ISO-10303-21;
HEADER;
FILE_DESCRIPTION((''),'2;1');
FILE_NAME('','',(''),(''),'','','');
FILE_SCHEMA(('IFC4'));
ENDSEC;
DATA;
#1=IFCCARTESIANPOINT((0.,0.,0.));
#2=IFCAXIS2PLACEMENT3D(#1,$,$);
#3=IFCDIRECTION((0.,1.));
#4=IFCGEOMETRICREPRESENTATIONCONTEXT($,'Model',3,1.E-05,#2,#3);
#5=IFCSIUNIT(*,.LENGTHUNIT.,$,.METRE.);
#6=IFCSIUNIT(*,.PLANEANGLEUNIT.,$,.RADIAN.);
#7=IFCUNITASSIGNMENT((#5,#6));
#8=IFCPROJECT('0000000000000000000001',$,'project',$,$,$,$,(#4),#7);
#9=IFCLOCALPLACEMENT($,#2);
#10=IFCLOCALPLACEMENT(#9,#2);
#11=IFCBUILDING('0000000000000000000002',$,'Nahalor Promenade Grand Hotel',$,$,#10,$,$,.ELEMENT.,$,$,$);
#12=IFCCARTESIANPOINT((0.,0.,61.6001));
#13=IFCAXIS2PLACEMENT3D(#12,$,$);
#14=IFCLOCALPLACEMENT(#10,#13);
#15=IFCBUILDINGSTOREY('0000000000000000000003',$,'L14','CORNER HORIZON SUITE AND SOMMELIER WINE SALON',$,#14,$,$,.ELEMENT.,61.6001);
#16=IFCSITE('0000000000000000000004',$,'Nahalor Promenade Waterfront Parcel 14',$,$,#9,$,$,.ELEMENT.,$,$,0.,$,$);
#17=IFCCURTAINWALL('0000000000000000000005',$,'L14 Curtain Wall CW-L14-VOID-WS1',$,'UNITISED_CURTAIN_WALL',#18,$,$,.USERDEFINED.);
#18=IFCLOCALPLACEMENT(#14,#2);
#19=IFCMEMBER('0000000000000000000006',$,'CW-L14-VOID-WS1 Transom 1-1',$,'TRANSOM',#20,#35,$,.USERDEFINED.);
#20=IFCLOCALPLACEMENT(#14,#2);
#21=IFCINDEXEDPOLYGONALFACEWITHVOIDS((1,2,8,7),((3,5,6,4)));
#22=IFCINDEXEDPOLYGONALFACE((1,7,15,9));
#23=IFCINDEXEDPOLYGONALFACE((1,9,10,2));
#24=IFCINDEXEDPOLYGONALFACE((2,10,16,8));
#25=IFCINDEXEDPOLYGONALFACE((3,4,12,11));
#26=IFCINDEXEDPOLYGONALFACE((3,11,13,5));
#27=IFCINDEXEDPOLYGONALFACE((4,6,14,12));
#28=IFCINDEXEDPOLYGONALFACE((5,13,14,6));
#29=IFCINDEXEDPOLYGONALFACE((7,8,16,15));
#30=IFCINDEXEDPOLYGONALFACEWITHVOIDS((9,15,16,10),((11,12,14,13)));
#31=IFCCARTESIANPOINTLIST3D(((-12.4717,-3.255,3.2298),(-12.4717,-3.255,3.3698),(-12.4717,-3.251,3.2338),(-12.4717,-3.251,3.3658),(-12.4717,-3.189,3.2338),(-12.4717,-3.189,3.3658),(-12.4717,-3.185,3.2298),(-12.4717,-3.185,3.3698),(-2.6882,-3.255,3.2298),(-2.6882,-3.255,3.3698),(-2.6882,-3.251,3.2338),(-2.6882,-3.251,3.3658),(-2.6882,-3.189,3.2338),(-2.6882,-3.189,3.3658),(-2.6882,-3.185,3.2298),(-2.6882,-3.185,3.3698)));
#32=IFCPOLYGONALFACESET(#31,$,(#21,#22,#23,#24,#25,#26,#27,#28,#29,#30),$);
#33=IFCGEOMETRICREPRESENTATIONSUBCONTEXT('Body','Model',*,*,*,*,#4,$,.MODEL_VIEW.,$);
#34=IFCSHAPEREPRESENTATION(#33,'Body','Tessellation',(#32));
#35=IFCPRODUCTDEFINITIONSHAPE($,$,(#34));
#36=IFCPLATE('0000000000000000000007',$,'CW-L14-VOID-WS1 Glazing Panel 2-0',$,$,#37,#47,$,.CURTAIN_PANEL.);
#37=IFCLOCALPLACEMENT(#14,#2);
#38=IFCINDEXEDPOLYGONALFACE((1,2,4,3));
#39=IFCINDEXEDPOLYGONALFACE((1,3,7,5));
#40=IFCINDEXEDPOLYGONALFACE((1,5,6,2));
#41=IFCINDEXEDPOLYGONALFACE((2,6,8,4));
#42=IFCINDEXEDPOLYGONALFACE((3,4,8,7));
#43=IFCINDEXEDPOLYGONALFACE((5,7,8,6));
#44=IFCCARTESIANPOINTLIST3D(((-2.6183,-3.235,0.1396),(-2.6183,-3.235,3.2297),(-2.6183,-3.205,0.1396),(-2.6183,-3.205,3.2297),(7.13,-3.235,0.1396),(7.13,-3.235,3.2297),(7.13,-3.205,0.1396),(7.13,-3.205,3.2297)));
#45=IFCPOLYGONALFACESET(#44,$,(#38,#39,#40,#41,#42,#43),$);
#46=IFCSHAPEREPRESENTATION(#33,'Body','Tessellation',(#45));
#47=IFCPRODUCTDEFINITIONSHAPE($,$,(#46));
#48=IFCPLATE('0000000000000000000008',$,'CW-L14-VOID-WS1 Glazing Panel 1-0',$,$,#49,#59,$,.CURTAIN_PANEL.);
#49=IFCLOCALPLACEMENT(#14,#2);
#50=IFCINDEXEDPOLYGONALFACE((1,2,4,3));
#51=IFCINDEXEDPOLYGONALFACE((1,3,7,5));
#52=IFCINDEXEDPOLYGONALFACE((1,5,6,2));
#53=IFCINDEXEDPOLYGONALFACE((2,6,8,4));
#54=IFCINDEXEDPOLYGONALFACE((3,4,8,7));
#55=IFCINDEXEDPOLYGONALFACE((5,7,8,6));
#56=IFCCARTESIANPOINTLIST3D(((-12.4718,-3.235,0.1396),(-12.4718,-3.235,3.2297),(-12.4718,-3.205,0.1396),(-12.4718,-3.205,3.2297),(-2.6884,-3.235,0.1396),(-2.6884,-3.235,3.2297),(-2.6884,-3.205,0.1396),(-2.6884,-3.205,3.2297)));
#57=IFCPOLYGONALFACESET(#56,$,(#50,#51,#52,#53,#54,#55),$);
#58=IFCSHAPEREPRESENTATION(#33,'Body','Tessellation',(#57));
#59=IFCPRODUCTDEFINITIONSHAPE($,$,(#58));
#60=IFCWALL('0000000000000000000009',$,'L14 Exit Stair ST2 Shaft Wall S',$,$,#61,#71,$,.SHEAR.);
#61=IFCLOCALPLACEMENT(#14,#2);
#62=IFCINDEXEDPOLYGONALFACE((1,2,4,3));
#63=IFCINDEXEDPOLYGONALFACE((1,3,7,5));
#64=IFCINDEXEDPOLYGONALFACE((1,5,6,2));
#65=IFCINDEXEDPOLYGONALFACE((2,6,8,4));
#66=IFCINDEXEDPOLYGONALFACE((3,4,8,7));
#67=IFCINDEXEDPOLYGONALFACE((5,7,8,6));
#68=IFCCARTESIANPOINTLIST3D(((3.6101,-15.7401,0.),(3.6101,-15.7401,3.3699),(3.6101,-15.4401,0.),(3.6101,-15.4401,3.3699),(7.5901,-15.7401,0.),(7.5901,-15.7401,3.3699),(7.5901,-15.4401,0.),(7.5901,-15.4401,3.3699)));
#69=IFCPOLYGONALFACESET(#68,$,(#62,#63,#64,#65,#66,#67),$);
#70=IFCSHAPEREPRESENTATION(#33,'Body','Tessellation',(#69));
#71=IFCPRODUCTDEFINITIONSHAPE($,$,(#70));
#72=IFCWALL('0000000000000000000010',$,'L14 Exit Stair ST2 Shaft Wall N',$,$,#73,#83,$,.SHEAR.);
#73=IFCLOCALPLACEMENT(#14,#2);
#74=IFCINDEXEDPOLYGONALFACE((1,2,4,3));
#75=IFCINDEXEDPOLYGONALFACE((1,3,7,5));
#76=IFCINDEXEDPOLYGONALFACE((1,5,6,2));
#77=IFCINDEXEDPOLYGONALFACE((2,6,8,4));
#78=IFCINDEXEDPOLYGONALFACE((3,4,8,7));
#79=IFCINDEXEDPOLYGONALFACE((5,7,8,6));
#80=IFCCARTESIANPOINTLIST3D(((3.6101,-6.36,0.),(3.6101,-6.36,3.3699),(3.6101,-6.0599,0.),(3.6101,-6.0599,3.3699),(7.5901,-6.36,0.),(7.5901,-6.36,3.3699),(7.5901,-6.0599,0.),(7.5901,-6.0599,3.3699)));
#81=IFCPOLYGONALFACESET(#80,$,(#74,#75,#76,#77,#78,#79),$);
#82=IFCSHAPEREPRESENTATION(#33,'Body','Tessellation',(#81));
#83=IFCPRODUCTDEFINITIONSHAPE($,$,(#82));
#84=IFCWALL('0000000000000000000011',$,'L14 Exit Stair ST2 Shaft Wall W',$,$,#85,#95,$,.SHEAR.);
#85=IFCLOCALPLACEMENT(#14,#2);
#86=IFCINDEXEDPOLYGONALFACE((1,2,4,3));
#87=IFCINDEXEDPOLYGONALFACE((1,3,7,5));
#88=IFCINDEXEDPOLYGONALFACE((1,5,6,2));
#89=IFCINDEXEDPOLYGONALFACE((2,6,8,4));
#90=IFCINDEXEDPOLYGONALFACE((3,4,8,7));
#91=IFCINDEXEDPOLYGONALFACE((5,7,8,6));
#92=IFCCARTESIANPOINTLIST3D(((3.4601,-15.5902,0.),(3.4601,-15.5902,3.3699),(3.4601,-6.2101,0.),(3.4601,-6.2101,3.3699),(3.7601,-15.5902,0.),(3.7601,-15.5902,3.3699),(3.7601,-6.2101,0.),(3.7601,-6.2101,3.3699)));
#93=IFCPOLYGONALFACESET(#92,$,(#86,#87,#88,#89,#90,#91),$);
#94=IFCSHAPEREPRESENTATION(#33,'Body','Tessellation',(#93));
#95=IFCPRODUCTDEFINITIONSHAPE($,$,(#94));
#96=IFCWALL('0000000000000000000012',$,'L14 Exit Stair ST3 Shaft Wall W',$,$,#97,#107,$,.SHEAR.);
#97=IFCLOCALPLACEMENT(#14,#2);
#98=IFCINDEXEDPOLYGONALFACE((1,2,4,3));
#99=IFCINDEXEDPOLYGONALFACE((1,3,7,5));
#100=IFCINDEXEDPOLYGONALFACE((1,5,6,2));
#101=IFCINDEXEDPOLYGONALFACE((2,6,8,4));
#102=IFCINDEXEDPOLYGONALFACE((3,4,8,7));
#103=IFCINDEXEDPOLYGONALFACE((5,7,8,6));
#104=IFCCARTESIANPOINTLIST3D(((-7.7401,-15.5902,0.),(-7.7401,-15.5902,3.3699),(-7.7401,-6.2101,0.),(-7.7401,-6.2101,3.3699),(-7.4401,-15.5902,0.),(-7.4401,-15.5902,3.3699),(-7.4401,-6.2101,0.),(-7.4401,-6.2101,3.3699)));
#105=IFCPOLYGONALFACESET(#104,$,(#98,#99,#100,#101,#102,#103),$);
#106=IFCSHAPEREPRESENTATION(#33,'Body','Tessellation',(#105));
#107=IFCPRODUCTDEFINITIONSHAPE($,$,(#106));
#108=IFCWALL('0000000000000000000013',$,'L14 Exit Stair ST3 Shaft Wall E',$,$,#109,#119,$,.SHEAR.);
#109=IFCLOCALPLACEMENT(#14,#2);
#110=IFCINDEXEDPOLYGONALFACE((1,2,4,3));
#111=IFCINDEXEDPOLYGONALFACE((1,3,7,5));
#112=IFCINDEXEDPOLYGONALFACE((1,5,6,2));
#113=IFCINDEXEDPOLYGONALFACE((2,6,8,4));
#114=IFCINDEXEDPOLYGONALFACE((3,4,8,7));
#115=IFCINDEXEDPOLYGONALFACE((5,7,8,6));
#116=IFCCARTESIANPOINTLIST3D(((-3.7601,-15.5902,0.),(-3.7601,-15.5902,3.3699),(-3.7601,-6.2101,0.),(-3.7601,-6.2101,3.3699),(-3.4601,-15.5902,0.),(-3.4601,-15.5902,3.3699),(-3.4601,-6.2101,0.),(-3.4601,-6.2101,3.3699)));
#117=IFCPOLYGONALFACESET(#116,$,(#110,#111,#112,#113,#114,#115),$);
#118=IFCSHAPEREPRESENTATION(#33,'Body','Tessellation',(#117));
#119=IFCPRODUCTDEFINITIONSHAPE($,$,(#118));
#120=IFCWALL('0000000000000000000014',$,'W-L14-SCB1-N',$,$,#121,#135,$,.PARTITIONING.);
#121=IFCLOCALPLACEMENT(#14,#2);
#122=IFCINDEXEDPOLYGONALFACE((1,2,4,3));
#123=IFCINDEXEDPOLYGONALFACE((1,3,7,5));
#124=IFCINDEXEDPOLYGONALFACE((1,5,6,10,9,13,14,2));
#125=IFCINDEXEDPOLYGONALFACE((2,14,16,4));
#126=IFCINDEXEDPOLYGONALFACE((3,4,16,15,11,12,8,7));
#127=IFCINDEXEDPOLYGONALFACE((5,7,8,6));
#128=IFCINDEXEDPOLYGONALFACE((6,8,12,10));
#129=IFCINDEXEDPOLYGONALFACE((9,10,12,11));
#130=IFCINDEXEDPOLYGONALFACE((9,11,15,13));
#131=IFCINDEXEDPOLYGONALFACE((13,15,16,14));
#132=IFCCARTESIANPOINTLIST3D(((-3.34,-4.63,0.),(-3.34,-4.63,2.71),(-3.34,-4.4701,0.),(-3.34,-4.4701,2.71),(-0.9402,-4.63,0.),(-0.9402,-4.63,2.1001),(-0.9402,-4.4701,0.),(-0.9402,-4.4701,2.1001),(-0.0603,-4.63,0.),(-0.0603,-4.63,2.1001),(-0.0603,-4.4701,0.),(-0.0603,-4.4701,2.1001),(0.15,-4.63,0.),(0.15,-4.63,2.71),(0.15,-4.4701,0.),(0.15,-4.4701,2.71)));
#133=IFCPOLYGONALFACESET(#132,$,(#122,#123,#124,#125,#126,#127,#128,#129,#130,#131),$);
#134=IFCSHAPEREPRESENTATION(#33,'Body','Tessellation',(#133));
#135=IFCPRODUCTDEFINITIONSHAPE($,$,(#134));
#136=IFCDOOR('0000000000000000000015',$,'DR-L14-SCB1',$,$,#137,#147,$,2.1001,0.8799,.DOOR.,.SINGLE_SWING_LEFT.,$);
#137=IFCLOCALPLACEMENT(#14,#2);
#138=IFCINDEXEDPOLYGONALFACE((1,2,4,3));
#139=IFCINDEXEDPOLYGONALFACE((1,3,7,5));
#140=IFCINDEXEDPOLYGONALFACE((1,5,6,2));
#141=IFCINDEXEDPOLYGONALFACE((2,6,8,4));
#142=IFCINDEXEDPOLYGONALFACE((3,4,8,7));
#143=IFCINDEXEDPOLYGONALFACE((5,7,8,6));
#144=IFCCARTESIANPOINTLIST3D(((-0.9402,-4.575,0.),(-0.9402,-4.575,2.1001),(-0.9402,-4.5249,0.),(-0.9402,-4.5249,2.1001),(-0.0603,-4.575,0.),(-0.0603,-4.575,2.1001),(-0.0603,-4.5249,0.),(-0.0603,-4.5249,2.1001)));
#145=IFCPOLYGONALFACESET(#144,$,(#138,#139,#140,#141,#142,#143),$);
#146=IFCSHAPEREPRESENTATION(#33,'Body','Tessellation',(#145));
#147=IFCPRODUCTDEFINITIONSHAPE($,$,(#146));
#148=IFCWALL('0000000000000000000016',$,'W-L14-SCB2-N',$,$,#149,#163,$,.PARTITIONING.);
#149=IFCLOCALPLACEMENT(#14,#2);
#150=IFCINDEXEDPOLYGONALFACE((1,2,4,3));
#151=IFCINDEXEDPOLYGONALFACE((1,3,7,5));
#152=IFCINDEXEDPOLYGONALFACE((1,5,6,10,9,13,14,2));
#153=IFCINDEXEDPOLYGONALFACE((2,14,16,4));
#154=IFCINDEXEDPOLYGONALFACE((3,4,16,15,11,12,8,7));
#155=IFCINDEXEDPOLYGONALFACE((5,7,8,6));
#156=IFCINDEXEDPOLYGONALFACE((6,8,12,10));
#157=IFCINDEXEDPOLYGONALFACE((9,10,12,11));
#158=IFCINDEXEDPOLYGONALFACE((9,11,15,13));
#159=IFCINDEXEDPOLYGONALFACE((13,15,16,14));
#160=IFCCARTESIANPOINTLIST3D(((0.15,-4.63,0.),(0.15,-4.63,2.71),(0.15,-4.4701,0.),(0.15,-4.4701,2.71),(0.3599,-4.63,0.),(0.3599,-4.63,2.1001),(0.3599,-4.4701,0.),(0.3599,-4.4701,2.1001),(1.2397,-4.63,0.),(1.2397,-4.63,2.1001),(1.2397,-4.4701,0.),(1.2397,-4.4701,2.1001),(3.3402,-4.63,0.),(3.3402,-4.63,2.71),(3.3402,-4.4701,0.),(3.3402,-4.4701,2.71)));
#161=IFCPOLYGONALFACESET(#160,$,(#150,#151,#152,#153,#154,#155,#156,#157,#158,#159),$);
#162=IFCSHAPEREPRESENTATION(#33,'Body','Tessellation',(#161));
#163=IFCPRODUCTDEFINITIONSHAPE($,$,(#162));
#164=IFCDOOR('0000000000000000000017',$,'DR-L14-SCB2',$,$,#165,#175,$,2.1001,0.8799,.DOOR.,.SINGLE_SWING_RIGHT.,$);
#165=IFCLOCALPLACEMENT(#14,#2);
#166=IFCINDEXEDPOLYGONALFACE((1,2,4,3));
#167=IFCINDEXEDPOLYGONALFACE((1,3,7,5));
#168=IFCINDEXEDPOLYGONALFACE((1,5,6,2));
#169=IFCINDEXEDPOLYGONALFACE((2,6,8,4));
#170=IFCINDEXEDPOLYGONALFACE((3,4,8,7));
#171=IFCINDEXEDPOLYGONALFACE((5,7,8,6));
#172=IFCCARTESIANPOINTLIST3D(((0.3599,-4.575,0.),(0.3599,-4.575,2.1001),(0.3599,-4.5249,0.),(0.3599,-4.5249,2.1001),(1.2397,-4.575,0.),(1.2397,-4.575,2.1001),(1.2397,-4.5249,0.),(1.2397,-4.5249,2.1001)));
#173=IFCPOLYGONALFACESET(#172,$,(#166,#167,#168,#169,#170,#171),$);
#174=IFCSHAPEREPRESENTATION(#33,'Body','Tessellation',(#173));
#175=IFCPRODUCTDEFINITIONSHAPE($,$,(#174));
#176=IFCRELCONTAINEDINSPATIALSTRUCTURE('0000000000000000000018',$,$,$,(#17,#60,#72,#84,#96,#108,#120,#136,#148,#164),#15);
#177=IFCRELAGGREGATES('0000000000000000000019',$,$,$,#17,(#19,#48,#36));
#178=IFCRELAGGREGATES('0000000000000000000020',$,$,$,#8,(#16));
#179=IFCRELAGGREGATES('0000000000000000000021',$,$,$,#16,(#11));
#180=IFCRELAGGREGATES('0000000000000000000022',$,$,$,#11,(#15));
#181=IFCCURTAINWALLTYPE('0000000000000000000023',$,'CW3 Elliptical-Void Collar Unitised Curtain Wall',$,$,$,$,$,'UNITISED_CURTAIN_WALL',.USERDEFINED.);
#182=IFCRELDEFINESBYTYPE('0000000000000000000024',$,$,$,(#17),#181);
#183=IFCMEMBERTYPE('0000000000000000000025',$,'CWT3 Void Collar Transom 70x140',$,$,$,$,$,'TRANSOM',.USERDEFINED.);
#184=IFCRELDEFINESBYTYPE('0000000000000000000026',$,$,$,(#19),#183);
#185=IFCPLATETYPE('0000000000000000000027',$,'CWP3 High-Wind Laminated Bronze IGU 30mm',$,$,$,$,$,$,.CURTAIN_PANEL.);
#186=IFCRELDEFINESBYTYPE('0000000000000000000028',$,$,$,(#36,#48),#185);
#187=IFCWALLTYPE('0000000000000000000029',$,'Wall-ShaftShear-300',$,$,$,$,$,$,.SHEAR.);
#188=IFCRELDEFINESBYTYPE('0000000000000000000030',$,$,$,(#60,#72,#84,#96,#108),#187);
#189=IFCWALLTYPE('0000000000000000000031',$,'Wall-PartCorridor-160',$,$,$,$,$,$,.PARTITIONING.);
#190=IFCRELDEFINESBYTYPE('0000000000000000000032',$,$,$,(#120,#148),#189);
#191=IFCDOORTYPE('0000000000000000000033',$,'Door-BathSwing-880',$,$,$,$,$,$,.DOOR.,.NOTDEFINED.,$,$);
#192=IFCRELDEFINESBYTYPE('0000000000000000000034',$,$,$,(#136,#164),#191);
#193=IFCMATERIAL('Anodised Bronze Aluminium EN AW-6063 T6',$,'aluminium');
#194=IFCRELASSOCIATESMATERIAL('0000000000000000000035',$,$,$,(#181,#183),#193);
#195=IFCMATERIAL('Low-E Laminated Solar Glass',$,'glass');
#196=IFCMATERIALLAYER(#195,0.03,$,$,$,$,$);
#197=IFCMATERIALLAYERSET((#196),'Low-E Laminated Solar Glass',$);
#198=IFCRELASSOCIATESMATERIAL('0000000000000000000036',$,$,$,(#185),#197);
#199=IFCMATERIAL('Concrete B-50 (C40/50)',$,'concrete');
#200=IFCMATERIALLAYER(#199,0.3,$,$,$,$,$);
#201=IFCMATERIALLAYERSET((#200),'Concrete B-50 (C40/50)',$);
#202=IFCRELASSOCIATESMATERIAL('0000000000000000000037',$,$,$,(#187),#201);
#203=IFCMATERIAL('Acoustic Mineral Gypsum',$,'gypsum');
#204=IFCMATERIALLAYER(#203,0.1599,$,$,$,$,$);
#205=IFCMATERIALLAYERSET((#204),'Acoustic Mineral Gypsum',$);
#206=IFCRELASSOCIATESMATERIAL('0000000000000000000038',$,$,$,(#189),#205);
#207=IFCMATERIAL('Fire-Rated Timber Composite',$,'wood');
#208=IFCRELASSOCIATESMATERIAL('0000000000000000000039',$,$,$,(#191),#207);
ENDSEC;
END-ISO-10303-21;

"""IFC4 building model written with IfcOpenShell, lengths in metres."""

from ifc_helpers import new_model, si_unit, direction, frame, frame_2d, origin, origin_2d, place, context, subcontext, project, spatial, rectangle, hollow_rectangle, extrude, source, transform, mapped, material, layer, layer_set, material_profile, profile_set, type_object, element, fill, aggregate, save


model = new_model("IFC4")

# Units and contexts
model_context = context("Model", 3, precision=1e-05, world=origin(), true_north=direction((0.0, 1.0)))
body_context = subcontext(model_context, "Body", "Model", "MODEL_VIEW")
ifc_project = project(units=[si_unit("LENGTHUNIT", "METRE"), si_unit("PLANEANGLEUNIT", "RADIAN")], contexts=[model_context])

# Site, building, storey
site_placement = place(None, origin())
site = spatial("IfcSite", under=ifc_project, at=site_placement, Name="Nahalor Promenade Waterfront Parcel 14", CompositionType="ELEMENT", RefElevation=0.0)
building_placement = place(site_placement, origin())
building = spatial("IfcBuilding", under=site, at=building_placement, Name="Nahalor Promenade Grand Hotel", CompositionType="ELEMENT")
storey_placement = place(building_placement, frame((0.0, 0.0, 61.6001)))
storey = spatial("IfcBuildingStorey", under=building, at=storey_placement, Name="L14", Description="CORNER HORIZON SUITE AND SOMMELIER WINE SALON", CompositionType="ELEMENT", Elevation=61.6001)

# Curtain wall, member, plates
ifc_material_1 = material(Name="Anodised Bronze Aluminium EN AW-6063 T6", Category="aluminium")
curtain_wall_type = type_object("IfcCurtainWallType", Name="CW3 Elliptical-Void Collar Unitised Curtain Wall", ElementType="UNITISED_CURTAIN_WALL", PredefinedType="USERDEFINED", material=ifc_material_1)
curtain_wall_placement = place(storey_placement, origin())
curtain_wall = element("IfcCurtainWall", 1, at=curtain_wall_placement, inside=storey, type_object=curtain_wall_type, Name="L14 Curtain Wall CW-L14-VOID-WS1", ObjectType="UNITISED_CURTAIN_WALL", PredefinedType="USERDEFINED")
ifc_material_profile_1 = material_profile(ifc_material_1, hollow_rectangle(XDim=0.07, YDim=0.14, WallThickness=0.004, at=origin_2d()), Name="CWT 70x140x4")
ifc_profile_set_1 = profile_set([ifc_material_profile_1], Name="Anodised Bronze Aluminium EN AW-6063 T6")
member_type_1 = type_object("IfcMemberType", Name="CWT3 Void Collar Transom 70x140", ElementType="TRANSOM", PredefinedType="USERDEFINED", material=ifc_profile_set_1)
shared_shape_1 = source(origin(), body_context, "Body", "SweptSolid", [
    extrude(hollow_rectangle(XDim=0.07, YDim=0.14, WallThickness=0.004, at=origin_2d()), origin(), (0.0, 0.0, 1.0), 9.7834),
])
member_1_placement = place(storey_placement, frame((-12.4717, -3.22, 3.2998), z_axis=(1.0, 0.0, 0.0), x_axis=(0.0, 1.0, 0.0)))
member_1 = element("IfcMember", 2, at=member_1_placement, type_object=member_type_1, Name="CW-L14-VOID-WS1 Transom 1-1", ObjectType="TRANSOM", PredefinedType="USERDEFINED", context=body_context, shape_type="MappedRepresentation", body=[
    mapped(shared_shape_1, transform((0.0, 0.0, 0.0), scale=1.0)),
])
ifc_material_2 = material(Name="Low-E Laminated Solar Glass", Category="glass")
ifc_layer_1 = layer(ifc_material_2, 0.03)
ifc_layer_set_1 = layer_set([ifc_layer_1], Name="Low-E Laminated Solar Glass")
plate_type = type_object("IfcPlateType", Name="CWP3 High-Wind Laminated Bronze IGU 30mm", PredefinedType="CURTAIN_PANEL", material=ifc_layer_set_1)
shared_shape_2 = source(origin(), body_context, "Body", "SweptSolid", [
    extrude(rectangle(XDim=9.7483, YDim=0.03, at=origin_2d()), origin(), (0.0, 0.0, 1.0), 3.0901),
])
plate_1_placement = place(storey_placement, frame((2.2559, -3.22, 0.1396), z_axis=(0.0, 0.0, 1.0), x_axis=(1.0, 0.0, 0.0)))
plate_1 = element("IfcPlate", 3, at=plate_1_placement, type_object=plate_type, Name="CW-L14-VOID-WS1 Glazing Panel 2-0", PredefinedType="CURTAIN_PANEL", context=body_context, shape_type="MappedRepresentation", body=[
    mapped(shared_shape_2, transform((0.0, 0.0, 0.0), scale=1.0)),
])
shared_shape_3 = source(origin(), body_context, "Body", "SweptSolid", [
    extrude(rectangle(XDim=9.7834, YDim=0.03, at=origin_2d()), origin(), (0.0, 0.0, 1.0), 3.0901),
])
plate_2_placement = place(storey_placement, frame((-7.5801, -3.22, 0.1396), z_axis=(0.0, 0.0, 1.0), x_axis=(1.0, 0.0, 0.0)))
plate_2 = element("IfcPlate", 4, at=plate_2_placement, type_object=plate_type, Name="CW-L14-VOID-WS1 Glazing Panel 1-0", PredefinedType="CURTAIN_PANEL", context=body_context, shape_type="MappedRepresentation", body=[
    mapped(shared_shape_3, transform((0.0, 0.0, 0.0), scale=1.0)),
])
aggregate(curtain_wall, [member_1, plate_2, plate_1])

# Walls
ifc_material_3 = material(Name="Concrete B-50 (C40/50)", Category="concrete")
ifc_layer_2 = layer(ifc_material_3, 0.3)
ifc_layer_set_2 = layer_set([ifc_layer_2], Name="Concrete B-50 (C40/50)")
wall_type_1 = type_object("IfcWallType", Name="Wall-ShaftShear-300", PredefinedType="SHEAR", material=ifc_layer_set_2)
shared_shape_4 = source(origin(), body_context, "Body", "SweptSolid", [
    extrude(rectangle(XDim=3.98, YDim=0.3, at=frame_2d((1.99, 0.0))), origin(), (0.0, 0.0, 1.0), 3.3699),
])
for number, where, z_axis, x_axis, name in (
    (5, (3.6101, -15.5901, 0.0), (0.0, 0.0, 1.0), (1.0, 0.0, 0.0), "L14 Exit Stair ST2 Shaft Wall S"),
    (6, (3.6101, -6.21, 0.0), (0.0, 0.0, 1.0), (1.0, 0.0, 0.0), "L14 Exit Stair ST2 Shaft Wall N"),
):
    element("IfcWall", number, at=place(storey_placement, frame(where, z_axis=z_axis, x_axis=x_axis)), inside=storey, type_object=wall_type_1, Name=name, PredefinedType="SHEAR", context=body_context, shape_type="MappedRepresentation", body=[
        mapped(shared_shape_4, transform((0.0, 0.0, 0.0), scale=1.0)),
    ])

# Walls
shared_shape_5 = source(origin(), body_context, "Body", "SweptSolid", [
    extrude(rectangle(XDim=9.3801, YDim=0.3, at=frame_2d((4.6899, 0.0))), origin(), (0.0, 0.0, 1.0), 3.3699),
])
for number, where, z_axis, x_axis, name in (
    (7, (3.6101, -15.5901, 0.0), (0.0, 0.0, 1.0), (0.0, 1.0, 0.0), "L14 Exit Stair ST2 Shaft Wall W"),
    (8, (-7.5901, -15.5901, 0.0), (0.0, 0.0, 1.0), (0.0, 1.0, 0.0), "L14 Exit Stair ST3 Shaft Wall W"),
    (9, (-3.6101, -15.5901, 0.0), (0.0, 0.0, 1.0), (0.0, 1.0, 0.0), "L14 Exit Stair ST3 Shaft Wall E"),
):
    element("IfcWall", number, at=place(storey_placement, frame(where, z_axis=z_axis, x_axis=x_axis)), inside=storey, type_object=wall_type_1, Name=name, PredefinedType="SHEAR", context=body_context, shape_type="MappedRepresentation", body=[
        mapped(shared_shape_5, transform((0.0, 0.0, 0.0), scale=1.0)),
    ])

# Walls, openings, doors
ifc_material_4 = material(Name="Acoustic Mineral Gypsum", Category="gypsum")
ifc_layer_3 = layer(ifc_material_4, 0.1599)
ifc_layer_set_3 = layer_set([ifc_layer_3], Name="Acoustic Mineral Gypsum")
wall_type_2 = type_object("IfcWallType", Name="Wall-PartCorridor-160", PredefinedType="PARTITIONING", material=ifc_layer_set_3)
shared_shape_6 = source(origin(), body_context, "Body", "SweptSolid", [
    extrude(rectangle(XDim=3.49, YDim=0.1599, at=frame_2d((1.7451, 0.0))), origin(), (0.0, 0.0, 1.0), 2.71),
])
wall_1_placement = place(storey_placement, frame((-3.3401, -4.55, 0.0), z_axis=(0.0, 0.0, 1.0), x_axis=(1.0, 0.0, 0.0)))
wall_1 = element("IfcWall", 10, at=wall_1_placement, inside=storey, type_object=wall_type_2, Name="W-L14-SCB1-N", PredefinedType="PARTITIONING", context=body_context, shape_type="MappedRepresentation", body=[
    mapped(shared_shape_6, transform((0.0, 0.0, 0.0), scale=1.0)),
])
opening_1_placement = place(wall_1_placement, frame((2.3999, 0.0, 0.0)))
opening_1 = element("IfcOpeningElement", 11, at=opening_1_placement, cuts=wall_1, PredefinedType="OPENING", context=body_context, shape_type="SweptSolid", body=[
    extrude(rectangle(XDim=0.8799, YDim=2.1001, at=frame_2d((0.4399, 1.05))), frame((0.0, 0.0898, 0.0), z_axis=(0.0, -1.0, 0.0), x_axis=(1.0, 0.0, 0.0)), (0.0, 0.0, 1.0), 0.1799),
])
ifc_material_5 = material(Name="Fire-Rated Timber Composite", Category="wood")
door_type_1 = type_object("IfcDoorType", Name="Door-BathSwing-880", OperationType="NOTDEFINED", PredefinedType="DOOR", material=ifc_material_5)
shared_shape_7 = source(origin(), body_context, "Body", "SweptSolid", [
    extrude(rectangle(XDim=0.8799, YDim=2.1001, at=frame_2d((0.4399, 1.05))), frame((0.0, 0.0249, 0.0), z_axis=(0.0, -1.0, 0.0), x_axis=(1.0, 0.0, 0.0)), (0.0, 0.0, 1.0), 0.05),
])
door_1_placement = place(opening_1_placement, frame((0.8799, 0.0, 0.0), z_axis=(0.0, 0.0, 1.0), x_axis=(-1.0, 0.0, 0.0)))
door_1 = element("IfcDoor", 12, at=door_1_placement, inside=storey, type_object=door_type_1, Name="DR-L14-SCB1", OperationType="SINGLE_SWING_LEFT", OverallHeight=2.1001, OverallWidth=0.8799, PredefinedType="DOOR", context=body_context, shape_type="MappedRepresentation", body=[
    mapped(shared_shape_7, transform((0.0, 0.0, 0.0), scale=1.0)),
])
fill(opening_1, door_1)
shared_shape_8 = source(origin(), body_context, "Body", "SweptSolid", [
    extrude(rectangle(XDim=3.1902, YDim=0.1599, at=frame_2d((1.5952, 0.0))), origin(), (0.0, 0.0, 1.0), 2.71),
])
wall_2_placement = place(storey_placement, frame((0.1499, -4.55, 0.0), z_axis=(0.0, 0.0, 1.0), x_axis=(1.0, 0.0, 0.0)))
wall_2 = element("IfcWall", 13, at=wall_2_placement, inside=storey, type_object=wall_type_2, Name="W-L14-SCB2-N", PredefinedType="PARTITIONING", context=body_context, shape_type="MappedRepresentation", body=[
    mapped(shared_shape_8, transform((0.0, 0.0, 0.0), scale=1.0)),
])
opening_2_placement = place(wall_2_placement, frame((0.21, 0.0, 0.0)))
opening_2 = element("IfcOpeningElement", 14, at=opening_2_placement, cuts=wall_2, PredefinedType="OPENING", context=body_context, shape_type="SweptSolid", body=[
    extrude(rectangle(XDim=0.8799, YDim=2.1001, at=frame_2d((0.4399, 1.05))), frame((0.0, 0.0898, 0.0), z_axis=(0.0, -1.0, 0.0), x_axis=(1.0, 0.0, 0.0)), (0.0, 0.0, 1.0), 0.1799),
])
door_2_placement = place(opening_2_placement, frame((0.8799, 0.0, 0.0), z_axis=(0.0, 0.0, 1.0), x_axis=(-1.0, 0.0, 0.0)))
door_2 = element("IfcDoor", 15, at=door_2_placement, inside=storey, type_object=door_type_1, Name="DR-L14-SCB2", OperationType="SINGLE_SWING_RIGHT", OverallHeight=2.1001, OverallWidth=0.8799, PredefinedType="DOOR", context=body_context, shape_type="MappedRepresentation", body=[
    mapped(shared_shape_7, transform((0.0, 0.0, 0.0), scale=1.0)),
])
fill(opening_2, door_2)

save(model, "model.ifc")
